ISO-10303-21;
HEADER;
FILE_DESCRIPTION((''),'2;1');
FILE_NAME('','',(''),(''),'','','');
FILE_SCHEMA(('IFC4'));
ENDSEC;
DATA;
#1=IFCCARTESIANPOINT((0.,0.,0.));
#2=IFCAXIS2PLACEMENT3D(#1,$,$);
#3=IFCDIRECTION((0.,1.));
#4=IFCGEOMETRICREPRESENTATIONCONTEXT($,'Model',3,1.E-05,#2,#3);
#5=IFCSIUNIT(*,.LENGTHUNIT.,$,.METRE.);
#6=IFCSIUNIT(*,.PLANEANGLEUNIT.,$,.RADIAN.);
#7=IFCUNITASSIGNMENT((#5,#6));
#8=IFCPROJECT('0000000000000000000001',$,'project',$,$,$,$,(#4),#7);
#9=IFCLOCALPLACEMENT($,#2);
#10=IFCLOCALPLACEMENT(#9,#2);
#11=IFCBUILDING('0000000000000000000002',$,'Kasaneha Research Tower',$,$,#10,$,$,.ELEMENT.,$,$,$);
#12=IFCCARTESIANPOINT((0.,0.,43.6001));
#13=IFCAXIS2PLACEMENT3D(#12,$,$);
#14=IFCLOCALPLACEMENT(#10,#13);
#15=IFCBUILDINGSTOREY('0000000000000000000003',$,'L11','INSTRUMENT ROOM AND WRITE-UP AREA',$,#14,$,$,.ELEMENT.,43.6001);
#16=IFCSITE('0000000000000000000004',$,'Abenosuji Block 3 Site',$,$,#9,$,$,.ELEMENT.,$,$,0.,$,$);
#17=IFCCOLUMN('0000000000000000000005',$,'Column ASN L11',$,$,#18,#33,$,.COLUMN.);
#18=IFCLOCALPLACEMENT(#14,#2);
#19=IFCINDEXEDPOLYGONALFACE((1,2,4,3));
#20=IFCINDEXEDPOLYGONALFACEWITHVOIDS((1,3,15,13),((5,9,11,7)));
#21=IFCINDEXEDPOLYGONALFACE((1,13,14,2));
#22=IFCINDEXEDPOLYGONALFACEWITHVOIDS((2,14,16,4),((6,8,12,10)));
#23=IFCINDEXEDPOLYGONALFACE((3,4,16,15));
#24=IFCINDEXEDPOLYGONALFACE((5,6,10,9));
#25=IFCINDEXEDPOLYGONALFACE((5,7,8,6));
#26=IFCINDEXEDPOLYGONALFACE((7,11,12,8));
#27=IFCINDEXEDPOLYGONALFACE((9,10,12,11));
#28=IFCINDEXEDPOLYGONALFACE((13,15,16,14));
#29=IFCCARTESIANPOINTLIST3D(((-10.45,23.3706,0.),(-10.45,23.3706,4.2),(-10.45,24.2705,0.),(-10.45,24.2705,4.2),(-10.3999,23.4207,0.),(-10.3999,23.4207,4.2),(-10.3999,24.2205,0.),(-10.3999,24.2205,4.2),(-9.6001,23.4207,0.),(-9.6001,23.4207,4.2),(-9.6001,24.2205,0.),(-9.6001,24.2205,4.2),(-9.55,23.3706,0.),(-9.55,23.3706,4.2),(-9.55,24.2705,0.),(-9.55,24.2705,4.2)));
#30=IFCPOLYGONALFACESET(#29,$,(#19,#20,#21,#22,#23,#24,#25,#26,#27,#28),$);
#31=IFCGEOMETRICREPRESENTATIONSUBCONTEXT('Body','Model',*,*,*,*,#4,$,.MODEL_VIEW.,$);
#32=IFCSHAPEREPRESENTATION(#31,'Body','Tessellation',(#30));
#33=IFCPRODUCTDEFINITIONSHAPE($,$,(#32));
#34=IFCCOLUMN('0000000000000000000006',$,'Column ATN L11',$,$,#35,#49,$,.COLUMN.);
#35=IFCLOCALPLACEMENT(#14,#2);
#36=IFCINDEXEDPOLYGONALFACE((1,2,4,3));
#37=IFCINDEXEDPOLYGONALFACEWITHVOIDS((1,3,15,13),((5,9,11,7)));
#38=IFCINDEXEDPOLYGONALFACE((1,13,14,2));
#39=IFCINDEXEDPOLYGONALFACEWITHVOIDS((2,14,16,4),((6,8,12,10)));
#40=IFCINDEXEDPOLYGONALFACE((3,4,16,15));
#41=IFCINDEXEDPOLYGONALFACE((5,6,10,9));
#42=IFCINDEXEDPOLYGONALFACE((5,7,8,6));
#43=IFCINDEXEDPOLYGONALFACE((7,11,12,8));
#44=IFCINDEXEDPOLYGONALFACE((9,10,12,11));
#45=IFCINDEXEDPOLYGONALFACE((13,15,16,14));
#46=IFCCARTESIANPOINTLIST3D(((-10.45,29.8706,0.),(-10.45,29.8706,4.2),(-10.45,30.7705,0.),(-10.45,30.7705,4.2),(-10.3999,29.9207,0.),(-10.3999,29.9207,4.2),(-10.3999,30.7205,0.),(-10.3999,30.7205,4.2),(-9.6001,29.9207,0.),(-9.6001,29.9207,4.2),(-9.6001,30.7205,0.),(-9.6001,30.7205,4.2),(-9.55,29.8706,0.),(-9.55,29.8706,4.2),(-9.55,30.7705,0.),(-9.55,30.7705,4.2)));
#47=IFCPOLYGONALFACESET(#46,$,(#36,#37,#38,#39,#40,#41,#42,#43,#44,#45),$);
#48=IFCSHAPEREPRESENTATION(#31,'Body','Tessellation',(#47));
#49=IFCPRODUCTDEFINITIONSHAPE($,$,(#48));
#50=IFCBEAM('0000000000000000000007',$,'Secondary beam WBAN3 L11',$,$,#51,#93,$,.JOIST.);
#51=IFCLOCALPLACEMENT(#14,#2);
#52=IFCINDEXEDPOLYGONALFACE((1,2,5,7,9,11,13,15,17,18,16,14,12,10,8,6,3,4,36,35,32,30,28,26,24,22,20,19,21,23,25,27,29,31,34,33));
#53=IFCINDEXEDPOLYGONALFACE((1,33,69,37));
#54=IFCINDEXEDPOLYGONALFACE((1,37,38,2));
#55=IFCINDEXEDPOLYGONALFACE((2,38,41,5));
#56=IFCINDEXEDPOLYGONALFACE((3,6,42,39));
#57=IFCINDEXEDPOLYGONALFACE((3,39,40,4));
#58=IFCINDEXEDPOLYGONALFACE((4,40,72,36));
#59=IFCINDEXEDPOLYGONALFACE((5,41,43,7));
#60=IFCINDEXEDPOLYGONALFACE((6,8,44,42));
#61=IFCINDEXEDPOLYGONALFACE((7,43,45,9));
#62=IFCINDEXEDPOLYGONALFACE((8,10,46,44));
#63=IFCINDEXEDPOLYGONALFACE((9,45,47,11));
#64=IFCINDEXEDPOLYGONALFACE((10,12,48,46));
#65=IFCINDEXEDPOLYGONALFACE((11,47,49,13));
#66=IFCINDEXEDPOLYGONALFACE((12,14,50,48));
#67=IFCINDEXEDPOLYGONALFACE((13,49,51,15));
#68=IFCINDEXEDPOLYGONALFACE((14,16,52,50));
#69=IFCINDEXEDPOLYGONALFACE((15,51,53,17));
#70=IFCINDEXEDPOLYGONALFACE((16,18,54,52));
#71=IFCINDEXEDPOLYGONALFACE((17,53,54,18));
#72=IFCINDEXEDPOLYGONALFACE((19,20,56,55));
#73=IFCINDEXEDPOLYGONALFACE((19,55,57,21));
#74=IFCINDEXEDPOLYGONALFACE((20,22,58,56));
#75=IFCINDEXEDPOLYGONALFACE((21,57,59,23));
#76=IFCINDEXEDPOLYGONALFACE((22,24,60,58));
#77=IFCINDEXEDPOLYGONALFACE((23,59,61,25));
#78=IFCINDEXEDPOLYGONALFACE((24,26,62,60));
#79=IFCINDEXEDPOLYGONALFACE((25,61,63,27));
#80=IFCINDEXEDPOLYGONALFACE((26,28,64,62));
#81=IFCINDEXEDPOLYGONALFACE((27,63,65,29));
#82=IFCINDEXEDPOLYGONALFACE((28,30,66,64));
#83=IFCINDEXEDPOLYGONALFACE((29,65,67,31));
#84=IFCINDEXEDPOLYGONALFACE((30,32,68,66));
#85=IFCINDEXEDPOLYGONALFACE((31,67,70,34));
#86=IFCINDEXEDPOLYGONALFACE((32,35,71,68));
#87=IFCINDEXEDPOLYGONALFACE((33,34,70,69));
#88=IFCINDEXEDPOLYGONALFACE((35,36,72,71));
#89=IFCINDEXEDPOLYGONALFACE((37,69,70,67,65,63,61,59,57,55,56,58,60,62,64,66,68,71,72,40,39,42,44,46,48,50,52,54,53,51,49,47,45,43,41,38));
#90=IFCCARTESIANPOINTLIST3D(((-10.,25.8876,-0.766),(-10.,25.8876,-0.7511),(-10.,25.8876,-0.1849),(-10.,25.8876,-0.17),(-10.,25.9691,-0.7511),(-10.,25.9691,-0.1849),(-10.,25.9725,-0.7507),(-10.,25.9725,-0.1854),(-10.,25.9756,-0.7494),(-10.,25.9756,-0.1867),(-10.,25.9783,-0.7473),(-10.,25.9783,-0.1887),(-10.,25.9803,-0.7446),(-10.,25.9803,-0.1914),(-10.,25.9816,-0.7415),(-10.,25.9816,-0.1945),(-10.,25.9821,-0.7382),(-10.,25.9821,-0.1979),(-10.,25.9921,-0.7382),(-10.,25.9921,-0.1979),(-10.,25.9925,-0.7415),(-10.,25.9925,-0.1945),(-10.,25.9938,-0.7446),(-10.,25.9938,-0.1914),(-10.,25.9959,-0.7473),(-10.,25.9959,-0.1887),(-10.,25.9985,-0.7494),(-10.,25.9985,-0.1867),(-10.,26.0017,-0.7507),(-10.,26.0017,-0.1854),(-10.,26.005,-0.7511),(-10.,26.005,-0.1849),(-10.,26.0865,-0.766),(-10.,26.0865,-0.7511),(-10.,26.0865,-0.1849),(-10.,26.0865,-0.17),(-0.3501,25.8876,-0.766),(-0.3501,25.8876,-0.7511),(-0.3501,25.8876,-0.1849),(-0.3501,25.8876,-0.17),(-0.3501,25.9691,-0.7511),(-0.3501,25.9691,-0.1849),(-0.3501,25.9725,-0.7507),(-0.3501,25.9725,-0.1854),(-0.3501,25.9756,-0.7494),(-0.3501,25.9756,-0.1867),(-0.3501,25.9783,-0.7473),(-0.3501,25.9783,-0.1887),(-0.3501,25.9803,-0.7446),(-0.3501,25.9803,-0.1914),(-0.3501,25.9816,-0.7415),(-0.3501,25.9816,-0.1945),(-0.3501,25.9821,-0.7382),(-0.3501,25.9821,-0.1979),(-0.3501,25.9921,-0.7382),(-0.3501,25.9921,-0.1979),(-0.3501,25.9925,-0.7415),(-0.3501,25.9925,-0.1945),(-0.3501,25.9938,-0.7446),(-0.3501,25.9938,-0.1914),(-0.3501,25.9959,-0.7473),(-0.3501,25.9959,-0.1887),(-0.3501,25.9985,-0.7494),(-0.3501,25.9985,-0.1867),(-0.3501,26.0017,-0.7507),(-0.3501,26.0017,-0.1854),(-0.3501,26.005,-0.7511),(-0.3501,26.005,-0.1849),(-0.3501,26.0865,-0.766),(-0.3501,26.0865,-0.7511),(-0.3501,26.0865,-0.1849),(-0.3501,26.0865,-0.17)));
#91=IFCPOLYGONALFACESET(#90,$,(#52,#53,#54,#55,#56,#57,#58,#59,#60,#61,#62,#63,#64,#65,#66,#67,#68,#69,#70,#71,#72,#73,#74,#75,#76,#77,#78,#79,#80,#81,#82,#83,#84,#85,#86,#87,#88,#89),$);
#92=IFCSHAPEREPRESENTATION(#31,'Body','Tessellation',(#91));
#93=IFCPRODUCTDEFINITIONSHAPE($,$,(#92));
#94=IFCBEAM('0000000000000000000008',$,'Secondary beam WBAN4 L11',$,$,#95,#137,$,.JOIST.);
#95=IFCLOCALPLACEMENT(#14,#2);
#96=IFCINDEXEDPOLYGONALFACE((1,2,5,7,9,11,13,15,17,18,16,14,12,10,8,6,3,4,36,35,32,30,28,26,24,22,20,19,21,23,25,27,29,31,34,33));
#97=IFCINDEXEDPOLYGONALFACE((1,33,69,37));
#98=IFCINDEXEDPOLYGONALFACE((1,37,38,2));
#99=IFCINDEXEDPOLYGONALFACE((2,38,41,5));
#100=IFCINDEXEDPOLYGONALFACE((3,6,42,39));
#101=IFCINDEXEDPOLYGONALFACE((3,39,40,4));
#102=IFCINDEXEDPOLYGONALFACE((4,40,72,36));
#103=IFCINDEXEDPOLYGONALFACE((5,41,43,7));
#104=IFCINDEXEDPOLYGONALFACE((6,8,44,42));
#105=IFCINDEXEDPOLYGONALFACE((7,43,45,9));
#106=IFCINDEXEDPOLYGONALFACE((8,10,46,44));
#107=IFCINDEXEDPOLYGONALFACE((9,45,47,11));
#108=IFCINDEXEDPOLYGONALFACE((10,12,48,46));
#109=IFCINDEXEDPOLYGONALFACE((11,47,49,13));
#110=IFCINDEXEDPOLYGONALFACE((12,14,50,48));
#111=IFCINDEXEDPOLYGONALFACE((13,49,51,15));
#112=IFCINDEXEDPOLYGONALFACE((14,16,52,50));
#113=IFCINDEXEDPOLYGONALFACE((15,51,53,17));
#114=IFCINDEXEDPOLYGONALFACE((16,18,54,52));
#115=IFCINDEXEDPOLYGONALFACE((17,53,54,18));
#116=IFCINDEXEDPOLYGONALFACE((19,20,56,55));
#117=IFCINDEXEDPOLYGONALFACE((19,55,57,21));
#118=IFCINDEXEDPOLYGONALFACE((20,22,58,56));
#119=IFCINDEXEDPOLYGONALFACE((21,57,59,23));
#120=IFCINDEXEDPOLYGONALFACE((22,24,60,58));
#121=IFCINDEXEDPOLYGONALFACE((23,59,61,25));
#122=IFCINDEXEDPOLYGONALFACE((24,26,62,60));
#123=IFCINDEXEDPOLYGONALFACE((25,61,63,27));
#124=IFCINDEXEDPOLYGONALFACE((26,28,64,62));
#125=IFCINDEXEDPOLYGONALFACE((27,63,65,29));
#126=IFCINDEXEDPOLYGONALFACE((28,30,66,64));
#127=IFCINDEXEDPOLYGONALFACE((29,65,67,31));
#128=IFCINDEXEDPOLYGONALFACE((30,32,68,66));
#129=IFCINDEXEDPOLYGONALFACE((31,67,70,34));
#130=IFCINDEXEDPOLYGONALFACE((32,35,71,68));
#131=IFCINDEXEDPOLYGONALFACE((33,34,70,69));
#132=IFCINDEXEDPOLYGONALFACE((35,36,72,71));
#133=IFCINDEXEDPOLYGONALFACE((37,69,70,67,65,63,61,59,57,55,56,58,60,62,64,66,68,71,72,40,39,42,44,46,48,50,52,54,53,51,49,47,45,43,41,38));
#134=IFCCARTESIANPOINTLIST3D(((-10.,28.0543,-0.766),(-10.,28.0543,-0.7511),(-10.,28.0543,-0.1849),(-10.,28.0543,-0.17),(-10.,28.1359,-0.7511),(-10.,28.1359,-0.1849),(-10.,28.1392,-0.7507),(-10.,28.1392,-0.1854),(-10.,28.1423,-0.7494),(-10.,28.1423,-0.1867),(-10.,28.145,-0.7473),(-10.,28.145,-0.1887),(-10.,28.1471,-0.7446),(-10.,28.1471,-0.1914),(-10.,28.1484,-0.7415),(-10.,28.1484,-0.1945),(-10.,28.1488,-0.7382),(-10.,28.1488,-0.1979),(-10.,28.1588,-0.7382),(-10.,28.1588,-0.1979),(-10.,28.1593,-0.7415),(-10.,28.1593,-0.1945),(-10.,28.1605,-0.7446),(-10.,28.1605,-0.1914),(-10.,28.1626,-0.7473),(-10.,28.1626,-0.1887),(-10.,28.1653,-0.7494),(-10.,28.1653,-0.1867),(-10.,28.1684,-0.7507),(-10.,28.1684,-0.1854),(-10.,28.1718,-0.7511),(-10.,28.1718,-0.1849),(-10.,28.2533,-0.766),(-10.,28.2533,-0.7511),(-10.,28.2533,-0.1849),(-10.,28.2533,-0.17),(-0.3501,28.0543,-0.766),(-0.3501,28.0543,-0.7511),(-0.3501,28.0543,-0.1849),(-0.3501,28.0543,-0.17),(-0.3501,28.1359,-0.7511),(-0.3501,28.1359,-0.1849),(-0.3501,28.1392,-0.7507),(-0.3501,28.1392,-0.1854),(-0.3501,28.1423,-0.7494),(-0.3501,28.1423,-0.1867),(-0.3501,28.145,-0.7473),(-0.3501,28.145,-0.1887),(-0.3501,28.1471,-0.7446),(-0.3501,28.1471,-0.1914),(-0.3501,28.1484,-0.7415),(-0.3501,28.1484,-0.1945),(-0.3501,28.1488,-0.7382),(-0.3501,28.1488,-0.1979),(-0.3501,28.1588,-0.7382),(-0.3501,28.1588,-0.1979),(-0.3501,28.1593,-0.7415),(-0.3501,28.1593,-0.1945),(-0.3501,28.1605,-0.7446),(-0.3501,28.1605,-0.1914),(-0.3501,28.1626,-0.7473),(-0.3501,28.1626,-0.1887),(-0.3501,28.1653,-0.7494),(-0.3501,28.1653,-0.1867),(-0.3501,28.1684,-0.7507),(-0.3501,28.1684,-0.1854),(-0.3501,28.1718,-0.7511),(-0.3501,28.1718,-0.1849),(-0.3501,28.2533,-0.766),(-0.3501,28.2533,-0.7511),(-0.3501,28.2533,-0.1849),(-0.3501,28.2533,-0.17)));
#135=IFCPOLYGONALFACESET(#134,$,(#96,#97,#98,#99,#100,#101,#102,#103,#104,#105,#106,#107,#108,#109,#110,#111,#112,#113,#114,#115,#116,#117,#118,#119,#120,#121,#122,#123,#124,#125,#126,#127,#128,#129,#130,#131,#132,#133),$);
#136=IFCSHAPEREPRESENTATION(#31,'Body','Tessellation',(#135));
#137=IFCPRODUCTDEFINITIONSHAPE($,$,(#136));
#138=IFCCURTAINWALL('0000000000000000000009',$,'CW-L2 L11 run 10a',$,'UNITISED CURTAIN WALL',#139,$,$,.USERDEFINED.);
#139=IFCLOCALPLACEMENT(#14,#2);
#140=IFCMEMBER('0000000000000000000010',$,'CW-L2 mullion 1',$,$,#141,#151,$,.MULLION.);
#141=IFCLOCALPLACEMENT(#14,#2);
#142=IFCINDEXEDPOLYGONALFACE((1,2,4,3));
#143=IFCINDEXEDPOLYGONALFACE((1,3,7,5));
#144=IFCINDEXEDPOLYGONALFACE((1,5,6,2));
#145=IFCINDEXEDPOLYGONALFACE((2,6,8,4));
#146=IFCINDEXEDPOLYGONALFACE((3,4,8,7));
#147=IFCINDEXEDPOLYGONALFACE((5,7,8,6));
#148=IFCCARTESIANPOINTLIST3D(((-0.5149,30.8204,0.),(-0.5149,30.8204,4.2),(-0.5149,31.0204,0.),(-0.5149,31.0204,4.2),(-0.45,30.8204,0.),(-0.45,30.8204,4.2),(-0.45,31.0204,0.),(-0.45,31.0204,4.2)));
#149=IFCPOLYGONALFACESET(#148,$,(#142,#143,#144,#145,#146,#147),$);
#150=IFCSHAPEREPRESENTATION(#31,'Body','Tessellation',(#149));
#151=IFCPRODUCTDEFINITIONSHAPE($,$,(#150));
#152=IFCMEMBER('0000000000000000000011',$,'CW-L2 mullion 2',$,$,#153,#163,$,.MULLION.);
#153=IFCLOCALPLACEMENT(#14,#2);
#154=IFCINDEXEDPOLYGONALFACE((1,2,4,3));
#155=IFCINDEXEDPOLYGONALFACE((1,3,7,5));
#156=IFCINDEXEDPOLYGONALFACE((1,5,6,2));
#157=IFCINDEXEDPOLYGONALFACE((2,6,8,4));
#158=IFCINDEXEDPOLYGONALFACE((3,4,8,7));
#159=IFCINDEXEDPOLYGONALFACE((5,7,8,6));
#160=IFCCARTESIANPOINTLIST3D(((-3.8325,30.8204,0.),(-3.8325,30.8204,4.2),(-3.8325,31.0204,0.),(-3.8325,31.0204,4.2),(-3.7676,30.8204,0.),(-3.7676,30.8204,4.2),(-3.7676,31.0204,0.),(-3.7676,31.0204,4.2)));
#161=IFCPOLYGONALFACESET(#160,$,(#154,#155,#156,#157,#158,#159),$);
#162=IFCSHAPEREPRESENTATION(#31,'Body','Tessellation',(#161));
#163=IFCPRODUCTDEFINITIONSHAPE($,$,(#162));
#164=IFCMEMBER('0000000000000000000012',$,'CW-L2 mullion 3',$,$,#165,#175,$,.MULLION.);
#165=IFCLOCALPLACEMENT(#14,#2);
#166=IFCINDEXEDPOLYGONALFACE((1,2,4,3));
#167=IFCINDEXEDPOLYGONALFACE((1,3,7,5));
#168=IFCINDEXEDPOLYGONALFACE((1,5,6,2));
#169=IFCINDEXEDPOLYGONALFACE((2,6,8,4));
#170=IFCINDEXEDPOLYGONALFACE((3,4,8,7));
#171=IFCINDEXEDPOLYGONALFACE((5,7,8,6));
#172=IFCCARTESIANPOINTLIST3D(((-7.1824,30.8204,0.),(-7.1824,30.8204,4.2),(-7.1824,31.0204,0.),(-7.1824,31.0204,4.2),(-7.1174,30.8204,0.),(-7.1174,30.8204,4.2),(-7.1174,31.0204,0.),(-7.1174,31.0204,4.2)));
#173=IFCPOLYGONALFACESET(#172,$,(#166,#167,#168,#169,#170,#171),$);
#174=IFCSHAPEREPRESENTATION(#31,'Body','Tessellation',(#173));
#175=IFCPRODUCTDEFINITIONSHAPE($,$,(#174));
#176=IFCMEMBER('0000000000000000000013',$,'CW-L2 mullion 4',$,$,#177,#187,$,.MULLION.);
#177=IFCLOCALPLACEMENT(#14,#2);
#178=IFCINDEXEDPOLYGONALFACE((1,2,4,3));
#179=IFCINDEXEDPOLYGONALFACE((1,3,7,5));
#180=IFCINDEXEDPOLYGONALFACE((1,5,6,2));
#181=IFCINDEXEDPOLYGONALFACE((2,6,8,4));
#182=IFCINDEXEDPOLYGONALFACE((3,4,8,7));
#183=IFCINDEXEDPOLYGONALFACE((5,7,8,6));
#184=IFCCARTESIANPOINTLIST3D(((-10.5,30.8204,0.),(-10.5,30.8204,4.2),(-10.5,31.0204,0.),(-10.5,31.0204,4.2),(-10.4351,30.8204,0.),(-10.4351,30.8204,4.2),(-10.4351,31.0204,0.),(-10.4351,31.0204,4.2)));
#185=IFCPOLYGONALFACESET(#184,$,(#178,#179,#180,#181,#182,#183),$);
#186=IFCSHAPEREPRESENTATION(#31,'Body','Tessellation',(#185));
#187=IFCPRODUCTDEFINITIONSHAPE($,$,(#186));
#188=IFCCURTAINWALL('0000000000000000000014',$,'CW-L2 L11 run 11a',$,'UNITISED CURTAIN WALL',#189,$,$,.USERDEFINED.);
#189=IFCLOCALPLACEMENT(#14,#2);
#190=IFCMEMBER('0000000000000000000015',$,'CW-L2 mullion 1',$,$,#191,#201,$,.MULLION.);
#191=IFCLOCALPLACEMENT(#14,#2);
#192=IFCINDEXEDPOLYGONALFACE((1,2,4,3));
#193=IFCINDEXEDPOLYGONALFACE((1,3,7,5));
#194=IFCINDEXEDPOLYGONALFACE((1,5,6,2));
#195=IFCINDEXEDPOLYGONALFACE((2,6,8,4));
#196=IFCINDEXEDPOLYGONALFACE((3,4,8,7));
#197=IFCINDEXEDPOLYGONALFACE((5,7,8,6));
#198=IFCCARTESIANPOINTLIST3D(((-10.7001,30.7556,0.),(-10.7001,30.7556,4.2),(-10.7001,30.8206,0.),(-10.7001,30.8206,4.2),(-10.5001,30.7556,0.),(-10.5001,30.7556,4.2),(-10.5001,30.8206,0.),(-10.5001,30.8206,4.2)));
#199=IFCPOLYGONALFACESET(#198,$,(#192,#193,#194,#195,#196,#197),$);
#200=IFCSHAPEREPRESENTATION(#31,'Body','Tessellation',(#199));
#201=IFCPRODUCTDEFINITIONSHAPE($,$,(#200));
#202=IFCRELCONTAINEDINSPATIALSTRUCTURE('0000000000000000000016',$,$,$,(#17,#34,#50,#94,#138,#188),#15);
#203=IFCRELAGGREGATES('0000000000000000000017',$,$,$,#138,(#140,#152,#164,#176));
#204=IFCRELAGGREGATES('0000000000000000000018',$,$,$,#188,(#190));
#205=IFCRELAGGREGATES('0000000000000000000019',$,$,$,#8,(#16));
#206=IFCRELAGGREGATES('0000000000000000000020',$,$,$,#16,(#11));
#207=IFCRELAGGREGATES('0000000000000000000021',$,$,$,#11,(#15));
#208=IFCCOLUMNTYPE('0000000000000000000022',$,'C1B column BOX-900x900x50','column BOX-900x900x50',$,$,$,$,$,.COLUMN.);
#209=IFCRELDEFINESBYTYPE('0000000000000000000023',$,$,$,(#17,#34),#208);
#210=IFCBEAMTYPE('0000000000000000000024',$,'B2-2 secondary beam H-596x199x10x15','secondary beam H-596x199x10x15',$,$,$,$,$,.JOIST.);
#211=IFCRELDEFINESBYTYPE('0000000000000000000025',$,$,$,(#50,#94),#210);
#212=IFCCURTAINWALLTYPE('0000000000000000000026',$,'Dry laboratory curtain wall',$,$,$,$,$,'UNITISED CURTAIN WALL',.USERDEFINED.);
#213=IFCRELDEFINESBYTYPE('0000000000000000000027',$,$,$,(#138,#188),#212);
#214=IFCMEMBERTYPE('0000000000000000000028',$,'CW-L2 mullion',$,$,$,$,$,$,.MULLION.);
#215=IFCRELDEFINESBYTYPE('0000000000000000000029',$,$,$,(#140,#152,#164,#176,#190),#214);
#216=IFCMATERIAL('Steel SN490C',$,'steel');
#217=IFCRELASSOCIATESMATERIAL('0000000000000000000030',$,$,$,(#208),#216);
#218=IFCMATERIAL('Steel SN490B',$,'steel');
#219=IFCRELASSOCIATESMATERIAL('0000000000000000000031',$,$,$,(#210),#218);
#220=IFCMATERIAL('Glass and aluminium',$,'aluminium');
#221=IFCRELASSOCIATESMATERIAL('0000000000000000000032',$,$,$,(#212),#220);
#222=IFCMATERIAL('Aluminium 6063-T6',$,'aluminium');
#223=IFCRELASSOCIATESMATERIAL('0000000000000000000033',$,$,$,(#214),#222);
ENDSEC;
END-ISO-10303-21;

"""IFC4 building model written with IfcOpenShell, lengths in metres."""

from ifc_helpers import new_model, si_unit, direction, frame, origin, origin_2d, place, context, subcontext, project, spatial, rectangle, hollow_rectangle, i_section, extrude, material, material_profile, profile_set, type_object, element, aggregate, save


model = new_model("IFC4")

# Units and contexts
model_context = context("Model", 3, precision=1e-05, world=origin(), true_north=direction((0.0, 1.0)))
body_context = subcontext(model_context, "Body", "Model", "MODEL_VIEW")
ifc_project = project(units=[si_unit("LENGTHUNIT", "METRE"), si_unit("PLANEANGLEUNIT", "RADIAN")], contexts=[model_context])

# Site, building, storey
site_placement = place(None, origin())
site = spatial("IfcSite", under=ifc_project, at=site_placement, Name="Abenosuji Block 3 Site", CompositionType="ELEMENT", RefElevation=0.0)
building_placement = place(site_placement, origin())
building = spatial("IfcBuilding", under=site, at=building_placement, Name="Kasaneha Research Tower", CompositionType="ELEMENT")
storey_placement = place(building_placement, frame((0.0, 0.0, 43.6001)))
storey = spatial("IfcBuildingStorey", under=building, at=storey_placement, Name="L11", Description="INSTRUMENT ROOM AND WRITE-UP AREA", CompositionType="ELEMENT", Elevation=43.6001)

# Columns
ifc_material_1 = material(Name="Steel SN490C", Category="steel")
ifc_material_profile_1 = material_profile(ifc_material_1, hollow_rectangle(XDim=0.8999, YDim=0.8999, WallThickness=0.05, at=origin_2d()), Name="BOX-900x900x50")
ifc_profile_set_1 = profile_set([ifc_material_profile_1], Name="Steel SN490C")
column_type = type_object("IfcColumnType", Name="C1B column BOX-900x900x50", Description="column BOX-900x900x50", PredefinedType="COLUMN", material=ifc_profile_set_1)
for number, where, z_axis, x_axis, name in (
    (1, (-10.0, 23.8206, 0.0), (0.0, 0.0, 1.0), (1.0, 0.0, 0.0), "Column ASN L11"),
    (2, (-10.0, 30.3206, 0.0), (0.0, 0.0, 1.0), (1.0, 0.0, 0.0), "Column ATN L11"),
):
    element("IfcColumn", number, at=place(storey_placement, frame(where, z_axis=z_axis, x_axis=x_axis)), inside=storey, type_object=column_type, Name=name, PredefinedType="COLUMN", context=body_context, shape_type="SweptSolid", body=[
        extrude(hollow_rectangle(XDim=0.8999, YDim=0.8999, WallThickness=0.05, at=origin_2d()), origin(), (0.0, 0.0, 1.0), 4.2),
    ])

# Beams
ifc_material_2 = material(Name="Steel SN490B", Category="steel")
ifc_material_profile_2 = material_profile(ifc_material_2, i_section(OverallWidth=0.199, OverallDepth=0.5959, WebThickness=0.01, FlangeThickness=0.0149, FilletRadius=0.0129, at=origin_2d()), Name="H-596x199x10x15")
ifc_profile_set_2 = profile_set([ifc_material_profile_2], Name="Steel SN490B")
beam_type_1 = type_object("IfcBeamType", Name="B2-2 secondary beam H-596x199x10x15", Description="secondary beam H-596x199x10x15", PredefinedType="JOIST", material=ifc_profile_set_2)
for number, where, z_axis, x_axis, name in (
    (3, (-10.0, 25.9871, -0.468), (1.0, 0.0, 0.0), (0.0, 1.0, 0.0), "Secondary beam WBAN3 L11"),
    (4, (-10.0, 28.1538, -0.468), (1.0, 0.0, 0.0), (0.0, 1.0, 0.0), "Secondary beam WBAN4 L11"),
):
    element("IfcBeam", number, at=place(storey_placement, frame(where, z_axis=z_axis, x_axis=x_axis)), inside=storey, type_object=beam_type_1, Name=name, PredefinedType="JOIST", context=body_context, shape_type="SweptSolid", body=[
        extrude(i_section(OverallWidth=0.199, OverallDepth=0.5959, WebThickness=0.01, FlangeThickness=0.0149, FilletRadius=0.0129, at=origin_2d()), origin(), (0.0, 0.0, 1.0), 9.6499),
    ])

# Curtain walls, members
ifc_material_3 = material(Name="Glass and aluminium", Category="aluminium")
curtain_wall_type = type_object("IfcCurtainWallType", Name="Dry laboratory curtain wall", ElementType="UNITISED CURTAIN WALL", PredefinedType="USERDEFINED", material=ifc_material_3)
curtain_wall_1_placement = place(storey_placement, origin())
curtain_wall_1 = element("IfcCurtainWall", 5, at=curtain_wall_1_placement, inside=storey, type_object=curtain_wall_type, Name="CW-L2 L11 run 10a", ObjectType="UNITISED CURTAIN WALL", PredefinedType="USERDEFINED")
ifc_material_4 = material(Name="Aluminium 6063-T6", Category="aluminium")
ifc_material_profile_3 = material_profile(ifc_material_4, rectangle(XDim=0.0649, YDim=0.2, at=origin_2d()), Name="CW-L2 mullion 65x200")
ifc_profile_set_3 = profile_set([ifc_material_profile_3], Name="Aluminium 6063-T6")
member_type_1 = type_object("IfcMemberType", Name="CW-L2 mullion", PredefinedType="MULLION", material=ifc_profile_set_3)
member_1_placement = place(storey_placement, frame((-0.4824, 30.9204, 0.0), z_axis=(0.0, 0.0, 1.0), x_axis=(-1.0, 0.0, 0.0)))
member_1 = element("IfcMember", 6, at=member_1_placement, type_object=member_type_1, Name="CW-L2 mullion 1", PredefinedType="MULLION", context=body_context, shape_type="SweptSolid", body=[
    extrude(rectangle(XDim=0.0649, YDim=0.2, at=origin_2d()), origin(), (0.0, 0.0, 1.0), 4.2),
])
member_2_placement = place(storey_placement, frame((-3.8, 30.9204, 0.0), z_axis=(0.0, 0.0, 1.0), x_axis=(-1.0, 0.0, 0.0)))
member_2 = element("IfcMember", 7, at=member_2_placement, type_object=member_type_1, Name="CW-L2 mullion 2", PredefinedType="MULLION", context=body_context, shape_type="SweptSolid", body=[
    extrude(rectangle(XDim=0.0649, YDim=0.2, at=origin_2d()), origin(), (0.0, 0.0, 1.0), 4.2),
])
member_3_placement = place(storey_placement, frame((-7.1499, 30.9204, 0.0), z_axis=(0.0, 0.0, 1.0), x_axis=(-1.0, 0.0, 0.0)))
member_3 = element("IfcMember", 8, at=member_3_placement, type_object=member_type_1, Name="CW-L2 mullion 3", PredefinedType="MULLION", context=body_context, shape_type="SweptSolid", body=[
    extrude(rectangle(XDim=0.0649, YDim=0.2, at=origin_2d()), origin(), (0.0, 0.0, 1.0), 4.2),
])
member_4_placement = place(storey_placement, frame((-10.4675, 30.9204, 0.0), z_axis=(0.0, 0.0, 1.0), x_axis=(-1.0, 0.0, 0.0)))
member_4 = element("IfcMember", 9, at=member_4_placement, type_object=member_type_1, Name="CW-L2 mullion 4", PredefinedType="MULLION", context=body_context, shape_type="SweptSolid", body=[
    extrude(rectangle(XDim=0.0649, YDim=0.2, at=origin_2d()), origin(), (0.0, 0.0, 1.0), 4.2),
])
curtain_wall_2_placement = place(storey_placement, origin())
curtain_wall_2 = element("IfcCurtainWall", 10, at=curtain_wall_2_placement, inside=storey, type_object=curtain_wall_type, Name="CW-L2 L11 run 11a", ObjectType="UNITISED CURTAIN WALL", PredefinedType="USERDEFINED")
member_5_placement = place(storey_placement, frame((-10.6001, 30.7881, 0.0), z_axis=(0.0, 0.0, 1.0), x_axis=(0.0, -1.0, 0.0)))
member_5 = element("IfcMember", 11, at=member_5_placement, type_object=member_type_1, Name="CW-L2 mullion 1", PredefinedType="MULLION", context=body_context, shape_type="SweptSolid", body=[
    extrude(rectangle(XDim=0.0649, YDim=0.2, at=origin_2d()), origin(), (0.0, 0.0, 1.0), 4.2),
])

aggregate(curtain_wall_1, [member_1, member_2, member_3, member_4])
aggregate(curtain_wall_2, [member_5])

save(model, "model.ifc")
